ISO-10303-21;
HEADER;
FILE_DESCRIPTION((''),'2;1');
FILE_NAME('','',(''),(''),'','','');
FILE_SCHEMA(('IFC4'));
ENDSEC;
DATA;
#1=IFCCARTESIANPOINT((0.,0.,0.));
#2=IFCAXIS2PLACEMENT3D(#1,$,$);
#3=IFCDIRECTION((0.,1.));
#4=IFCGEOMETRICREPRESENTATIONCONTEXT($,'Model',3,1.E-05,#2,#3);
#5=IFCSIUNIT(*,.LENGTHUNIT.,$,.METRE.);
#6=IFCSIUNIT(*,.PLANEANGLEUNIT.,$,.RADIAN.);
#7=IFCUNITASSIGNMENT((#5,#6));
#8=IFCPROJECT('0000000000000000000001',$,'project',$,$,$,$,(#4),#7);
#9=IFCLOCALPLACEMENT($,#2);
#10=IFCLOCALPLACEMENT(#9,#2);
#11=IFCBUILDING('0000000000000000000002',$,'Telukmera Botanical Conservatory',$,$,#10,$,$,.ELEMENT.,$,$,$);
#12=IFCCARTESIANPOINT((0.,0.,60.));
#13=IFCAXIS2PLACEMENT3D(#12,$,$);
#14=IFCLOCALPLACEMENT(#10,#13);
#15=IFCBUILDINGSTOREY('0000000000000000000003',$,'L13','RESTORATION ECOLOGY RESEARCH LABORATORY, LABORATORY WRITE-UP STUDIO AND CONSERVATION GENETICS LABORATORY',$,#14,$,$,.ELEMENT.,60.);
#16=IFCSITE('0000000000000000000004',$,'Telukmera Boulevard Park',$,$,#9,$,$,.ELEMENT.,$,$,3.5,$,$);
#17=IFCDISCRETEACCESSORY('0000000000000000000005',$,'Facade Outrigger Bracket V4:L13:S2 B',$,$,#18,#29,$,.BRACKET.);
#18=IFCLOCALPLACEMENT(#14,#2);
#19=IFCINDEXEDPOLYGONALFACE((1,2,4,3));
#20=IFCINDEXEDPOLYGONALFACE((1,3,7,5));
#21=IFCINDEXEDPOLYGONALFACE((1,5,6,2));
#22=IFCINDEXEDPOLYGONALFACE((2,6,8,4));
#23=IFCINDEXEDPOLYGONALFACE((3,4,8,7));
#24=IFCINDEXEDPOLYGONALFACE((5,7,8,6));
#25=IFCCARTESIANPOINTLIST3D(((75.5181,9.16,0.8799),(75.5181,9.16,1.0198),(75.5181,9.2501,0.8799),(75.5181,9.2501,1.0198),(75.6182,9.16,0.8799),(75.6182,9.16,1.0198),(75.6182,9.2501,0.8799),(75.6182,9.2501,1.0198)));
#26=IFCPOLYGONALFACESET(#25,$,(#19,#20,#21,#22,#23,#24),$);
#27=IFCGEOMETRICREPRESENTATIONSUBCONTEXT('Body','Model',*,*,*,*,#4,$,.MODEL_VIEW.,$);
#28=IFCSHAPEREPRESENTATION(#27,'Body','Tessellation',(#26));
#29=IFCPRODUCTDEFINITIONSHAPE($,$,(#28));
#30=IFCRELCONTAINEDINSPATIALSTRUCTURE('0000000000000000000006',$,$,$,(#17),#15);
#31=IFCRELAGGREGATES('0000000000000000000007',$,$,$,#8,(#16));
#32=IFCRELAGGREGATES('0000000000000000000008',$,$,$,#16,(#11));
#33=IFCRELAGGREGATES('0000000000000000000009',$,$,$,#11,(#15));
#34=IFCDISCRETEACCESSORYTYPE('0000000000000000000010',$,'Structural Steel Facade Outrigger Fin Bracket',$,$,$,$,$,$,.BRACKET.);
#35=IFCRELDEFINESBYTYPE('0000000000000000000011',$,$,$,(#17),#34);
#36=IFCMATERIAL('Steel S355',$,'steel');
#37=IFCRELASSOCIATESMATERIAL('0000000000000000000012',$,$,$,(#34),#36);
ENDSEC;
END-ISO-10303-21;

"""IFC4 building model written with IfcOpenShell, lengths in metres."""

from ifc_helpers import new_model, si_unit, direction, frame, origin, origin_2d, place, context, subcontext, project, spatial, rectangle, extrude, material, type_object, element, save


model = new_model("IFC4")

# Units and contexts
model_context = context("Model", 3, precision=1e-05, world=origin(), true_north=direction((0.0, 1.0)))
body_context = subcontext(model_context, "Body", "Model", "MODEL_VIEW")
ifc_project = project(units=[si_unit("LENGTHUNIT", "METRE"), si_unit("PLANEANGLEUNIT", "RADIAN")], contexts=[model_context])

# Site, building, storey
site_placement = place(None, origin())
site = spatial("IfcSite", under=ifc_project, at=site_placement, Name="Telukmera Boulevard Park", CompositionType="ELEMENT", RefElevation=3.5)
building_placement = place(site_placement, origin())
building = spatial("IfcBuilding", under=site, at=building_placement, Name="Telukmera Botanical Conservatory", CompositionType="ELEMENT")
storey_placement = place(building_placement, frame((0.0, 0.0, 60.0)))
storey = spatial("IfcBuildingStorey", under=building, at=storey_placement, Name="L13", Description="RESTORATION ECOLOGY RESEARCH LABORATORY, LABORATORY WRITE-UP STUDIO AND CONSERVATION GENETICS LABORATORY", CompositionType="ELEMENT", Elevation=60.0)

# Discrete accessory
ifc_material_1 = material(Name="Steel S355", Category="steel")
discrete_accessory_type = type_object("IfcDiscreteAccessoryType", Name="Structural Steel Facade Outrigger Fin Bracket", PredefinedType="BRACKET", material=ifc_material_1)
for number, where, z_axis, x_axis, name in (
    (1, (75.5681, 9.2051, 0.8799), (0.0, 0.0, 1.0), (1.0, 0.0, 0.0), "Facade Outrigger Bracket V4:L13:S2 B"),
):
    element("IfcDiscreteAccessory", number, at=place(storey_placement, frame(where, z_axis=z_axis, x_axis=x_axis)), inside=storey, type_object=discrete_accessory_type, Name=name, PredefinedType="BRACKET", context=body_context, shape_type="SweptSolid", body=[
        extrude(rectangle(XDim=0.1001, YDim=0.0901, at=origin_2d()), origin(), (0.0, 0.0, 1.0), 0.1399),
    ])

save(model, "model.ifc")
